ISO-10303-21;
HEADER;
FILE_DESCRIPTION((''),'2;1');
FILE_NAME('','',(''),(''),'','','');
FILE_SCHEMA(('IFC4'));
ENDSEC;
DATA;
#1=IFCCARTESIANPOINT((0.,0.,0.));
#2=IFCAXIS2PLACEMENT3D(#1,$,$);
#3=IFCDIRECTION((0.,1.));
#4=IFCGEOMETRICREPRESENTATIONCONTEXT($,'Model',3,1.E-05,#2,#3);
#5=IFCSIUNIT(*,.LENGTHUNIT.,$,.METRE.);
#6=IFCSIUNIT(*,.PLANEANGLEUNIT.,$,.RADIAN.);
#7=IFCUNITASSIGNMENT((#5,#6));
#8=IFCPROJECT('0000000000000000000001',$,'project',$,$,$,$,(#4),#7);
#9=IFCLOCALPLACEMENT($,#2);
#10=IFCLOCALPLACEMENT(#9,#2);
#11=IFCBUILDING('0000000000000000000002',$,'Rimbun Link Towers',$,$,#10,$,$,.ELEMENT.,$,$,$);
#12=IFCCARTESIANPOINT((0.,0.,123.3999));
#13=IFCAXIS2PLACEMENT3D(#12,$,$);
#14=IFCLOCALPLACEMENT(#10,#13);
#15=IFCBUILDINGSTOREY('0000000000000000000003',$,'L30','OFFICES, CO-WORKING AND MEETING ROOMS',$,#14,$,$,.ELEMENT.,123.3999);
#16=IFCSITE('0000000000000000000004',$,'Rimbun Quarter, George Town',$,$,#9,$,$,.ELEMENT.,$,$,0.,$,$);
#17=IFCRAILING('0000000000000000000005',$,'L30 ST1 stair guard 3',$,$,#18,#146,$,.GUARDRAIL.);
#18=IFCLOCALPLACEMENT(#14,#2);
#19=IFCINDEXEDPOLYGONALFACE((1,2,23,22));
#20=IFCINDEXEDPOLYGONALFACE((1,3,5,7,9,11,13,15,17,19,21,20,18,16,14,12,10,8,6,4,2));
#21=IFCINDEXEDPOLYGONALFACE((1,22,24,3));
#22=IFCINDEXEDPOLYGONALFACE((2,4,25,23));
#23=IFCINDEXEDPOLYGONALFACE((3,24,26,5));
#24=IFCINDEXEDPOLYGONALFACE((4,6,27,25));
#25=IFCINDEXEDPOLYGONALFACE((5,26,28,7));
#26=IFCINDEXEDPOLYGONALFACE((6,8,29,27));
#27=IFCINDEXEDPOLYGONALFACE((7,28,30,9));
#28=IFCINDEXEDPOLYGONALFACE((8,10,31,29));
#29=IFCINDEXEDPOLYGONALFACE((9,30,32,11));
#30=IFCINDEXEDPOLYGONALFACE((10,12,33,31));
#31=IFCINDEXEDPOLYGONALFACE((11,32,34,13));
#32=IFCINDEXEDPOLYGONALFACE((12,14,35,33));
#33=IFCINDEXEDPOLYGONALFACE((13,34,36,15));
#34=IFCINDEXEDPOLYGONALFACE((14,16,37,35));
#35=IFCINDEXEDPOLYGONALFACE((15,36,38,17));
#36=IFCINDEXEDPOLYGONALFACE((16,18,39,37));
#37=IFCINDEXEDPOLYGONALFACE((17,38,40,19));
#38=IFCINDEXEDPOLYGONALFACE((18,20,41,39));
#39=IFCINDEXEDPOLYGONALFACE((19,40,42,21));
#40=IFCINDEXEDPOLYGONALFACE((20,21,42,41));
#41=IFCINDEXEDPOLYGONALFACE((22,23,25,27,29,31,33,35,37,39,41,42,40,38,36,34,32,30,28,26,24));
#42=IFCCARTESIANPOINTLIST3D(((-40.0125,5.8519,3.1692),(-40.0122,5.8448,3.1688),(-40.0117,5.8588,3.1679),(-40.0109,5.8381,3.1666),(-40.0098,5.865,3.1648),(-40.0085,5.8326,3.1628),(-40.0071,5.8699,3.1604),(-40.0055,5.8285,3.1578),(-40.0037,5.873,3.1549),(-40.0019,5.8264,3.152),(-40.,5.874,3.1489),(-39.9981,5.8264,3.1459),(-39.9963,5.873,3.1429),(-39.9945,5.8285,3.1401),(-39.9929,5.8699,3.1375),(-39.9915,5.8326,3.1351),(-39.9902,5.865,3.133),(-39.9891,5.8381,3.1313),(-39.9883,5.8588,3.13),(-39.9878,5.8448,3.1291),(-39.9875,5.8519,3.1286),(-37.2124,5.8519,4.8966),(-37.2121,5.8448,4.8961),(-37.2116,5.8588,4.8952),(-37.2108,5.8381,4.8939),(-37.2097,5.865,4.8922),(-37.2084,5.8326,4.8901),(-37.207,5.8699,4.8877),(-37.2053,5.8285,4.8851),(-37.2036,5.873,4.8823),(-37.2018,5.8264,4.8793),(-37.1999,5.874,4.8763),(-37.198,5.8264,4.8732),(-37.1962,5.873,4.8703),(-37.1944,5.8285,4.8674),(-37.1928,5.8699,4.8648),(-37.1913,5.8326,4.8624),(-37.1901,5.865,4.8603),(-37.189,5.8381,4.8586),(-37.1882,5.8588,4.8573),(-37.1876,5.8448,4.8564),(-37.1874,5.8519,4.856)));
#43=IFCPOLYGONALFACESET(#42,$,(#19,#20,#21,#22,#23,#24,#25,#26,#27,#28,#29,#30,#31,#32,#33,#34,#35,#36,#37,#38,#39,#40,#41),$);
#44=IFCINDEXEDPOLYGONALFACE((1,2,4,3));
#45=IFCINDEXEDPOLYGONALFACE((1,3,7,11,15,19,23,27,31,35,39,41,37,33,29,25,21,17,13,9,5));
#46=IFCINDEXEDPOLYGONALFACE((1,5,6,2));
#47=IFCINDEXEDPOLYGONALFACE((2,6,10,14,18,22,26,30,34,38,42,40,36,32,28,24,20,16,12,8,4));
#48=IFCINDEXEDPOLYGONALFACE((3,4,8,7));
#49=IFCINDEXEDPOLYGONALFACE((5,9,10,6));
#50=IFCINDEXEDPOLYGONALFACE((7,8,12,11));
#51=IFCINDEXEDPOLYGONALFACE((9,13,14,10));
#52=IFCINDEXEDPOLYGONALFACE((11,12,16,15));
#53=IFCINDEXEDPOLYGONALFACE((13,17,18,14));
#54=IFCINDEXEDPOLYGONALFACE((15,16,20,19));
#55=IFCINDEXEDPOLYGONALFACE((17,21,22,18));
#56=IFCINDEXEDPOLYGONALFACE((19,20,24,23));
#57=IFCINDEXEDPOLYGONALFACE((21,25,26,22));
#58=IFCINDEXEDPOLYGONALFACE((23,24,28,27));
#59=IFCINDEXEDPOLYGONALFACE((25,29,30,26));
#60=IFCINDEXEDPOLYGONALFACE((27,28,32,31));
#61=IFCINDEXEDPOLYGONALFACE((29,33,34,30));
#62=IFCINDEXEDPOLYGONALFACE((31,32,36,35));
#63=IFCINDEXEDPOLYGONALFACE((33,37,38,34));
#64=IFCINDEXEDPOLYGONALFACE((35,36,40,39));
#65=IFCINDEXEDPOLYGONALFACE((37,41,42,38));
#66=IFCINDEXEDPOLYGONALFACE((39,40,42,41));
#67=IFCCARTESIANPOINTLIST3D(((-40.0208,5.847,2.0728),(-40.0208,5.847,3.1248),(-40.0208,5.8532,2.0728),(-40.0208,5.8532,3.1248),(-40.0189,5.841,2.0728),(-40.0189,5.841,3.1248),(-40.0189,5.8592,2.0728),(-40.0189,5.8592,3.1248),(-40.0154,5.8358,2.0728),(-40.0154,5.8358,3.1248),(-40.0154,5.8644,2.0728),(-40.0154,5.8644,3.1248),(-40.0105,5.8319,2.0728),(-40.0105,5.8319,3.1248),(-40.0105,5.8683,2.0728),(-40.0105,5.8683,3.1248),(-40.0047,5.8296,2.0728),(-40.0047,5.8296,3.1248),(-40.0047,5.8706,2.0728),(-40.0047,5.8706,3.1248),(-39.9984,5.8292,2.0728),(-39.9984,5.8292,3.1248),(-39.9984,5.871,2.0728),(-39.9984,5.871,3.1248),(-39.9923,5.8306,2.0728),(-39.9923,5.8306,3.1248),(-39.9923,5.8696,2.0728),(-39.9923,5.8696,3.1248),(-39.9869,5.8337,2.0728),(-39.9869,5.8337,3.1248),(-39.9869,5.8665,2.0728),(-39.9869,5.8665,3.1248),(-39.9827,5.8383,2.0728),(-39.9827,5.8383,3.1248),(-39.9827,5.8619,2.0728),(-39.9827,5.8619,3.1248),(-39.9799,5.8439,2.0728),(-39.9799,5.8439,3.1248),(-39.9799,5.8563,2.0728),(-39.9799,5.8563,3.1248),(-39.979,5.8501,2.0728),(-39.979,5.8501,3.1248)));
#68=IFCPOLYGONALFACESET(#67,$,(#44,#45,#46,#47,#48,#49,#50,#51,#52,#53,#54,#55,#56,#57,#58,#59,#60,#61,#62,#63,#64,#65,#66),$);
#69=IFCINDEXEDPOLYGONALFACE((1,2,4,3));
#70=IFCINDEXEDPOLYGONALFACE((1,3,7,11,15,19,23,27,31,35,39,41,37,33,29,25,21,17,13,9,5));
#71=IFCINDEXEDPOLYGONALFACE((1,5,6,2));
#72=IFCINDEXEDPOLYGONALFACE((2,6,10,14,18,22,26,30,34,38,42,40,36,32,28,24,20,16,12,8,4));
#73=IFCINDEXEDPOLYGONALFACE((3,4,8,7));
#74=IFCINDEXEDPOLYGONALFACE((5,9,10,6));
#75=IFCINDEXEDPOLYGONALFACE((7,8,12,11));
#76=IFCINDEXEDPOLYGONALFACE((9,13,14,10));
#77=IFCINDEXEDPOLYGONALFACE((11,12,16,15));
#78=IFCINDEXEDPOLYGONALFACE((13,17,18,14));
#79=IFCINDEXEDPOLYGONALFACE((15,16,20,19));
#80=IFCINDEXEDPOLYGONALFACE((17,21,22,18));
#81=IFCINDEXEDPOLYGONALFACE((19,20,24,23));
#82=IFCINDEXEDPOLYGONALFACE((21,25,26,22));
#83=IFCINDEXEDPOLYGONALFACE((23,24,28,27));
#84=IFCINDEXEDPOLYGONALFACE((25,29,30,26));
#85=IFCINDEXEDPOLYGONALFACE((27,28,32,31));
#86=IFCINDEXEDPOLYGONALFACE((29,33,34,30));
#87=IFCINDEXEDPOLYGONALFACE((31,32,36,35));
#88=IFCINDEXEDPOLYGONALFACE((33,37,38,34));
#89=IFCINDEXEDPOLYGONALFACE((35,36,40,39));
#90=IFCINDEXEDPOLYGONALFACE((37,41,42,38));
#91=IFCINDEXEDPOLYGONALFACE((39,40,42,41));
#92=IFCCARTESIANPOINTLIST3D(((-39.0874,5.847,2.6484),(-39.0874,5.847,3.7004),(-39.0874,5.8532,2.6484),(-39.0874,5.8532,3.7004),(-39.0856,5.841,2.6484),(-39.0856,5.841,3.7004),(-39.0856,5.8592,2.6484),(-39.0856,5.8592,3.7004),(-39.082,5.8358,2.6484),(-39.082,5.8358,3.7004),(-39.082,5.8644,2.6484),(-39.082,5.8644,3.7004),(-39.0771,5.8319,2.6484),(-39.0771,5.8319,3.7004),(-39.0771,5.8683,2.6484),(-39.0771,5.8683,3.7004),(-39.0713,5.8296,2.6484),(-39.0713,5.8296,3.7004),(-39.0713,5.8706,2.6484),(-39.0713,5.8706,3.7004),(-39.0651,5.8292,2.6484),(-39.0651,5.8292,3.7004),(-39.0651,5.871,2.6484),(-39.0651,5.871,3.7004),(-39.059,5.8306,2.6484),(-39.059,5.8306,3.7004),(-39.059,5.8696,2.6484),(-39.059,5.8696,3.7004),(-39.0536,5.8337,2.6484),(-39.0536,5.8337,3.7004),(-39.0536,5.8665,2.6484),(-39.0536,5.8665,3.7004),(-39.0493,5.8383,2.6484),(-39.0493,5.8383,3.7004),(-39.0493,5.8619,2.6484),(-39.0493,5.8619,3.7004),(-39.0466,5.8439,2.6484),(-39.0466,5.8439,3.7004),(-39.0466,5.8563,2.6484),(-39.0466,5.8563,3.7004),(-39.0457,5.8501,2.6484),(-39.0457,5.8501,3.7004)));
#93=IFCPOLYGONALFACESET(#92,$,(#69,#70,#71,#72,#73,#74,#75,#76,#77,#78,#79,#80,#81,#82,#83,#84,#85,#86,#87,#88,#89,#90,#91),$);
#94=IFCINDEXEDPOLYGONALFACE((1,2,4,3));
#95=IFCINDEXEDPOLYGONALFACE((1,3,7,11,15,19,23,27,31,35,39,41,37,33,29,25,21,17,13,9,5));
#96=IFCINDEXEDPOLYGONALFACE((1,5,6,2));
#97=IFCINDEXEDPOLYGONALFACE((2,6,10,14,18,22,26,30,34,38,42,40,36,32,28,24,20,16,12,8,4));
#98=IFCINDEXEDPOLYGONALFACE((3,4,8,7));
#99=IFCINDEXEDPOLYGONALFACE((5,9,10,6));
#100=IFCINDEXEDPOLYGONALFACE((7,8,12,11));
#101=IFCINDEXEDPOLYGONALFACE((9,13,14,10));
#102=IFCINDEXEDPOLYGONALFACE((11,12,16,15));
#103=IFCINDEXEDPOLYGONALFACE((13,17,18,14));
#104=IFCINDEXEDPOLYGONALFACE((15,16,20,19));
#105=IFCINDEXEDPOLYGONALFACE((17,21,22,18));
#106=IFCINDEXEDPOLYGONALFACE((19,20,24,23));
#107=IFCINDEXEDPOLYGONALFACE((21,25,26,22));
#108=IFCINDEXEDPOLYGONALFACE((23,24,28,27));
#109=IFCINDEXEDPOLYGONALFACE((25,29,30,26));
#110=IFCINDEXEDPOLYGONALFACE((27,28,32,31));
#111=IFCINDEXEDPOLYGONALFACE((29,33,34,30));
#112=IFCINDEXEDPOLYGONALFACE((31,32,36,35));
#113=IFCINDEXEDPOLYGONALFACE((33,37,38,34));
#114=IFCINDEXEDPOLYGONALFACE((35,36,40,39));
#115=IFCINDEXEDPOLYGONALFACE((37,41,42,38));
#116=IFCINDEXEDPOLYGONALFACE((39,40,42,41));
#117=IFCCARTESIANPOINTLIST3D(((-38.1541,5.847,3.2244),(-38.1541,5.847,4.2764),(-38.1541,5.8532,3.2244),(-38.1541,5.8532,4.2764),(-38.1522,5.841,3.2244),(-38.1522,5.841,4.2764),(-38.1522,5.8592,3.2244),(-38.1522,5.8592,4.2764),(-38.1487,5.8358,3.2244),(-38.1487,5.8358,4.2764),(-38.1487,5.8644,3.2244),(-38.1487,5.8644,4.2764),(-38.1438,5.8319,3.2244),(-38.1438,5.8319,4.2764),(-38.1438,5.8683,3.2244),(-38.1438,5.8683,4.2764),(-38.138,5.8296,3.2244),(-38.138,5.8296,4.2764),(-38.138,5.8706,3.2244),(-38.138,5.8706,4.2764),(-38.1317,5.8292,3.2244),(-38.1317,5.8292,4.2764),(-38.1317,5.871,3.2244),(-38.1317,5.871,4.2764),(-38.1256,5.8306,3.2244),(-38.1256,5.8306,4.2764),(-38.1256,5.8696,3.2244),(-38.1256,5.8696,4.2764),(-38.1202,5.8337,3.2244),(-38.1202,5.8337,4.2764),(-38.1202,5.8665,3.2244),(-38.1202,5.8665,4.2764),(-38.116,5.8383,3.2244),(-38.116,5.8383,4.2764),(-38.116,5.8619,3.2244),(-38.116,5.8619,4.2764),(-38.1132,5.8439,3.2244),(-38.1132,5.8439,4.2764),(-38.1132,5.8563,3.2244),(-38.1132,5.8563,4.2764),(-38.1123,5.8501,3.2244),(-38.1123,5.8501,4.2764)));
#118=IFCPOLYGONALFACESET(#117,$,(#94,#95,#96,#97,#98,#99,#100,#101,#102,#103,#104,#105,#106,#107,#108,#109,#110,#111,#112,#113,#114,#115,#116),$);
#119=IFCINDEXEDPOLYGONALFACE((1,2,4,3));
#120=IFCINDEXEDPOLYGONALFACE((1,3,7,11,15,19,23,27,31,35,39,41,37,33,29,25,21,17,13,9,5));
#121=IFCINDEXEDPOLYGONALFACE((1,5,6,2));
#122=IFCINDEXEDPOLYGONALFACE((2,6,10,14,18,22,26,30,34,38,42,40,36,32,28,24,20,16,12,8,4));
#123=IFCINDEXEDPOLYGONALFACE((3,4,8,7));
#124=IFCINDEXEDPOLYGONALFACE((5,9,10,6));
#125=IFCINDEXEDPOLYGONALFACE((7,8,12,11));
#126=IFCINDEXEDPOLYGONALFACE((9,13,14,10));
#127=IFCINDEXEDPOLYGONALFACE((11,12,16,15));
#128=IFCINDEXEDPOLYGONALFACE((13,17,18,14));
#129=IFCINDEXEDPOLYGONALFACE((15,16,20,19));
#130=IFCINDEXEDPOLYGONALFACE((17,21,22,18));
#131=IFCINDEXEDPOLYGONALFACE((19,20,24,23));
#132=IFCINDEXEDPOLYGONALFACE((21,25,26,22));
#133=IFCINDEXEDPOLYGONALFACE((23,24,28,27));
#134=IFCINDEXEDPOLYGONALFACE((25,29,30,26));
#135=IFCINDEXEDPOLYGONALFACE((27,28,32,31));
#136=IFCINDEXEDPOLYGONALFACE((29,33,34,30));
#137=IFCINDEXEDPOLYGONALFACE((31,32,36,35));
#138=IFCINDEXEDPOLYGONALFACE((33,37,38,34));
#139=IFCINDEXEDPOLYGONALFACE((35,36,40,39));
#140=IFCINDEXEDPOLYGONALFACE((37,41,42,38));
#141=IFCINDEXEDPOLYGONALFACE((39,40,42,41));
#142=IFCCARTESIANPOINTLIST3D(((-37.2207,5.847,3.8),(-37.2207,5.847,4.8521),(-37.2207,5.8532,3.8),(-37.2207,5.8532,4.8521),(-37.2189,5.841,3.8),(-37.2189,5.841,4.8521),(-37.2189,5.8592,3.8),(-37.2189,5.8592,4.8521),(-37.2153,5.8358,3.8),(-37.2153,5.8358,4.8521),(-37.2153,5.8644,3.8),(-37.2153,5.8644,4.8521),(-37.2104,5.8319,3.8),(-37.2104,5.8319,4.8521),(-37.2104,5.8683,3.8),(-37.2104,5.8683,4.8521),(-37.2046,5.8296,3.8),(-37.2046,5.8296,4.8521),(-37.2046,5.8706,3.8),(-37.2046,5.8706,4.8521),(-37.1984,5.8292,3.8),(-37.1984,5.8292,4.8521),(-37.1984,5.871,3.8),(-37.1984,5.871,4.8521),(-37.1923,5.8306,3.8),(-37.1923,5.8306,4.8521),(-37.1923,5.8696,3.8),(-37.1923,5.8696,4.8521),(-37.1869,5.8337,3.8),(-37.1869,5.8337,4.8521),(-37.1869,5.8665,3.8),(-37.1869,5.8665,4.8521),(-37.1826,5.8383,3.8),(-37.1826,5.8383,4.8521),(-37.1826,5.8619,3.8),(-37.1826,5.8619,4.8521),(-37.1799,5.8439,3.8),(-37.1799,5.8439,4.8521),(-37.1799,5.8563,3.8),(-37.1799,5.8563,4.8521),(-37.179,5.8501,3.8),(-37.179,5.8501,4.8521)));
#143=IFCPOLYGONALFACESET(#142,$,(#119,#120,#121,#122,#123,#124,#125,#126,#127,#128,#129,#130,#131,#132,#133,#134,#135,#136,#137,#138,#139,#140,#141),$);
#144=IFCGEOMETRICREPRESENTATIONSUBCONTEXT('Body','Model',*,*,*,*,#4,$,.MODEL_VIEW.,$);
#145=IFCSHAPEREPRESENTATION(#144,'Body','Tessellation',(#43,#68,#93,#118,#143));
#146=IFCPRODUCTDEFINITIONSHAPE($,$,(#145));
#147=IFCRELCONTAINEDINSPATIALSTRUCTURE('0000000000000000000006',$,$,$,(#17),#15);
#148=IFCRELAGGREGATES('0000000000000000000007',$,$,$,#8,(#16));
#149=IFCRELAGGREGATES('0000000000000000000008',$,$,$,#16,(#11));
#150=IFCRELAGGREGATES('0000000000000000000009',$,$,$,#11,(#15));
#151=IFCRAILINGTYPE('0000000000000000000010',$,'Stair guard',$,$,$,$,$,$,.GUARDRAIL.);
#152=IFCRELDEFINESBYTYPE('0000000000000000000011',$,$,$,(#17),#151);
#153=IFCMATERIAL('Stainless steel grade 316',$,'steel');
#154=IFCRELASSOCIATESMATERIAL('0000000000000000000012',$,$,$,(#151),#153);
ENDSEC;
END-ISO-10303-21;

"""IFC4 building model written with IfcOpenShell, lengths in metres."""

from ifc_helpers import new_model, si_unit, direction, frame, origin, origin_2d, place, context, subcontext, project, spatial, circle, extrude, material, type_object, element, save


model = new_model("IFC4")

# Units and contexts
model_context = context("Model", 3, precision=1e-05, world=origin(), true_north=direction((0.0, 1.0)))
body_context = subcontext(model_context, "Body", "Model", "MODEL_VIEW")
ifc_project = project(units=[si_unit("LENGTHUNIT", "METRE"), si_unit("PLANEANGLEUNIT", "RADIAN")], contexts=[model_context])

# Site, building, storey
site_placement = place(None, origin())
site = spatial("IfcSite", under=ifc_project, at=site_placement, Name="Rimbun Quarter, George Town", CompositionType="ELEMENT", RefElevation=0.0)
building_placement = place(site_placement, origin())
building = spatial("IfcBuilding", under=site, at=building_placement, Name="Rimbun Link Towers", CompositionType="ELEMENT")
storey_placement = place(building_placement, frame((0.0, 0.0, 123.3999)))
storey = spatial("IfcBuildingStorey", under=building, at=storey_placement, Name="L30", Description="OFFICES, CO-WORKING AND MEETING ROOMS", CompositionType="ELEMENT", Elevation=123.3999)

# Railing
ifc_material_1 = material(Name="Stainless steel grade 316", Category="steel")
railing_type_1 = type_object("IfcRailingType", Name="Stair guard", PredefinedType="GUARDRAIL", material=ifc_material_1)
railing_1_placement = place(storey_placement, frame((-40.0, 5.8501, 2.0728)))
element("IfcRailing", 1, at=railing_1_placement, inside=storey, type_object=railing_type_1, Name="L30 ST1 stair guard 3", PredefinedType="GUARDRAIL", context=body_context, shape_type="SweptSolid", body=[
    extrude(circle(Radius=0.0239, at=origin_2d()), frame((0.0, 0.0, 1.0762), z_axis=(0.85109, 0.0, 0.52502), x_axis=(0.0, 1.0, 0.0)), (0.0, 0.0, 1.0), 3.29),
    extrude(circle(Radius=0.021, at=origin_2d()), origin(), (0.0, 0.0, 1.0), 1.052),
    extrude(circle(Radius=0.021, at=origin_2d()), frame((0.9333, 0.0, 0.5757)), (0.0, 0.0, 1.0), 1.052),
    extrude(circle(Radius=0.021, at=origin_2d()), frame((1.8667, 0.0, 1.1516)), (0.0, 0.0, 1.0), 1.052),
    extrude(circle(Radius=0.021, at=origin_2d()), frame((2.8, 0.0, 1.7273)), (0.0, 0.0, 1.0), 1.052),
])

save(model, "model.ifc")
